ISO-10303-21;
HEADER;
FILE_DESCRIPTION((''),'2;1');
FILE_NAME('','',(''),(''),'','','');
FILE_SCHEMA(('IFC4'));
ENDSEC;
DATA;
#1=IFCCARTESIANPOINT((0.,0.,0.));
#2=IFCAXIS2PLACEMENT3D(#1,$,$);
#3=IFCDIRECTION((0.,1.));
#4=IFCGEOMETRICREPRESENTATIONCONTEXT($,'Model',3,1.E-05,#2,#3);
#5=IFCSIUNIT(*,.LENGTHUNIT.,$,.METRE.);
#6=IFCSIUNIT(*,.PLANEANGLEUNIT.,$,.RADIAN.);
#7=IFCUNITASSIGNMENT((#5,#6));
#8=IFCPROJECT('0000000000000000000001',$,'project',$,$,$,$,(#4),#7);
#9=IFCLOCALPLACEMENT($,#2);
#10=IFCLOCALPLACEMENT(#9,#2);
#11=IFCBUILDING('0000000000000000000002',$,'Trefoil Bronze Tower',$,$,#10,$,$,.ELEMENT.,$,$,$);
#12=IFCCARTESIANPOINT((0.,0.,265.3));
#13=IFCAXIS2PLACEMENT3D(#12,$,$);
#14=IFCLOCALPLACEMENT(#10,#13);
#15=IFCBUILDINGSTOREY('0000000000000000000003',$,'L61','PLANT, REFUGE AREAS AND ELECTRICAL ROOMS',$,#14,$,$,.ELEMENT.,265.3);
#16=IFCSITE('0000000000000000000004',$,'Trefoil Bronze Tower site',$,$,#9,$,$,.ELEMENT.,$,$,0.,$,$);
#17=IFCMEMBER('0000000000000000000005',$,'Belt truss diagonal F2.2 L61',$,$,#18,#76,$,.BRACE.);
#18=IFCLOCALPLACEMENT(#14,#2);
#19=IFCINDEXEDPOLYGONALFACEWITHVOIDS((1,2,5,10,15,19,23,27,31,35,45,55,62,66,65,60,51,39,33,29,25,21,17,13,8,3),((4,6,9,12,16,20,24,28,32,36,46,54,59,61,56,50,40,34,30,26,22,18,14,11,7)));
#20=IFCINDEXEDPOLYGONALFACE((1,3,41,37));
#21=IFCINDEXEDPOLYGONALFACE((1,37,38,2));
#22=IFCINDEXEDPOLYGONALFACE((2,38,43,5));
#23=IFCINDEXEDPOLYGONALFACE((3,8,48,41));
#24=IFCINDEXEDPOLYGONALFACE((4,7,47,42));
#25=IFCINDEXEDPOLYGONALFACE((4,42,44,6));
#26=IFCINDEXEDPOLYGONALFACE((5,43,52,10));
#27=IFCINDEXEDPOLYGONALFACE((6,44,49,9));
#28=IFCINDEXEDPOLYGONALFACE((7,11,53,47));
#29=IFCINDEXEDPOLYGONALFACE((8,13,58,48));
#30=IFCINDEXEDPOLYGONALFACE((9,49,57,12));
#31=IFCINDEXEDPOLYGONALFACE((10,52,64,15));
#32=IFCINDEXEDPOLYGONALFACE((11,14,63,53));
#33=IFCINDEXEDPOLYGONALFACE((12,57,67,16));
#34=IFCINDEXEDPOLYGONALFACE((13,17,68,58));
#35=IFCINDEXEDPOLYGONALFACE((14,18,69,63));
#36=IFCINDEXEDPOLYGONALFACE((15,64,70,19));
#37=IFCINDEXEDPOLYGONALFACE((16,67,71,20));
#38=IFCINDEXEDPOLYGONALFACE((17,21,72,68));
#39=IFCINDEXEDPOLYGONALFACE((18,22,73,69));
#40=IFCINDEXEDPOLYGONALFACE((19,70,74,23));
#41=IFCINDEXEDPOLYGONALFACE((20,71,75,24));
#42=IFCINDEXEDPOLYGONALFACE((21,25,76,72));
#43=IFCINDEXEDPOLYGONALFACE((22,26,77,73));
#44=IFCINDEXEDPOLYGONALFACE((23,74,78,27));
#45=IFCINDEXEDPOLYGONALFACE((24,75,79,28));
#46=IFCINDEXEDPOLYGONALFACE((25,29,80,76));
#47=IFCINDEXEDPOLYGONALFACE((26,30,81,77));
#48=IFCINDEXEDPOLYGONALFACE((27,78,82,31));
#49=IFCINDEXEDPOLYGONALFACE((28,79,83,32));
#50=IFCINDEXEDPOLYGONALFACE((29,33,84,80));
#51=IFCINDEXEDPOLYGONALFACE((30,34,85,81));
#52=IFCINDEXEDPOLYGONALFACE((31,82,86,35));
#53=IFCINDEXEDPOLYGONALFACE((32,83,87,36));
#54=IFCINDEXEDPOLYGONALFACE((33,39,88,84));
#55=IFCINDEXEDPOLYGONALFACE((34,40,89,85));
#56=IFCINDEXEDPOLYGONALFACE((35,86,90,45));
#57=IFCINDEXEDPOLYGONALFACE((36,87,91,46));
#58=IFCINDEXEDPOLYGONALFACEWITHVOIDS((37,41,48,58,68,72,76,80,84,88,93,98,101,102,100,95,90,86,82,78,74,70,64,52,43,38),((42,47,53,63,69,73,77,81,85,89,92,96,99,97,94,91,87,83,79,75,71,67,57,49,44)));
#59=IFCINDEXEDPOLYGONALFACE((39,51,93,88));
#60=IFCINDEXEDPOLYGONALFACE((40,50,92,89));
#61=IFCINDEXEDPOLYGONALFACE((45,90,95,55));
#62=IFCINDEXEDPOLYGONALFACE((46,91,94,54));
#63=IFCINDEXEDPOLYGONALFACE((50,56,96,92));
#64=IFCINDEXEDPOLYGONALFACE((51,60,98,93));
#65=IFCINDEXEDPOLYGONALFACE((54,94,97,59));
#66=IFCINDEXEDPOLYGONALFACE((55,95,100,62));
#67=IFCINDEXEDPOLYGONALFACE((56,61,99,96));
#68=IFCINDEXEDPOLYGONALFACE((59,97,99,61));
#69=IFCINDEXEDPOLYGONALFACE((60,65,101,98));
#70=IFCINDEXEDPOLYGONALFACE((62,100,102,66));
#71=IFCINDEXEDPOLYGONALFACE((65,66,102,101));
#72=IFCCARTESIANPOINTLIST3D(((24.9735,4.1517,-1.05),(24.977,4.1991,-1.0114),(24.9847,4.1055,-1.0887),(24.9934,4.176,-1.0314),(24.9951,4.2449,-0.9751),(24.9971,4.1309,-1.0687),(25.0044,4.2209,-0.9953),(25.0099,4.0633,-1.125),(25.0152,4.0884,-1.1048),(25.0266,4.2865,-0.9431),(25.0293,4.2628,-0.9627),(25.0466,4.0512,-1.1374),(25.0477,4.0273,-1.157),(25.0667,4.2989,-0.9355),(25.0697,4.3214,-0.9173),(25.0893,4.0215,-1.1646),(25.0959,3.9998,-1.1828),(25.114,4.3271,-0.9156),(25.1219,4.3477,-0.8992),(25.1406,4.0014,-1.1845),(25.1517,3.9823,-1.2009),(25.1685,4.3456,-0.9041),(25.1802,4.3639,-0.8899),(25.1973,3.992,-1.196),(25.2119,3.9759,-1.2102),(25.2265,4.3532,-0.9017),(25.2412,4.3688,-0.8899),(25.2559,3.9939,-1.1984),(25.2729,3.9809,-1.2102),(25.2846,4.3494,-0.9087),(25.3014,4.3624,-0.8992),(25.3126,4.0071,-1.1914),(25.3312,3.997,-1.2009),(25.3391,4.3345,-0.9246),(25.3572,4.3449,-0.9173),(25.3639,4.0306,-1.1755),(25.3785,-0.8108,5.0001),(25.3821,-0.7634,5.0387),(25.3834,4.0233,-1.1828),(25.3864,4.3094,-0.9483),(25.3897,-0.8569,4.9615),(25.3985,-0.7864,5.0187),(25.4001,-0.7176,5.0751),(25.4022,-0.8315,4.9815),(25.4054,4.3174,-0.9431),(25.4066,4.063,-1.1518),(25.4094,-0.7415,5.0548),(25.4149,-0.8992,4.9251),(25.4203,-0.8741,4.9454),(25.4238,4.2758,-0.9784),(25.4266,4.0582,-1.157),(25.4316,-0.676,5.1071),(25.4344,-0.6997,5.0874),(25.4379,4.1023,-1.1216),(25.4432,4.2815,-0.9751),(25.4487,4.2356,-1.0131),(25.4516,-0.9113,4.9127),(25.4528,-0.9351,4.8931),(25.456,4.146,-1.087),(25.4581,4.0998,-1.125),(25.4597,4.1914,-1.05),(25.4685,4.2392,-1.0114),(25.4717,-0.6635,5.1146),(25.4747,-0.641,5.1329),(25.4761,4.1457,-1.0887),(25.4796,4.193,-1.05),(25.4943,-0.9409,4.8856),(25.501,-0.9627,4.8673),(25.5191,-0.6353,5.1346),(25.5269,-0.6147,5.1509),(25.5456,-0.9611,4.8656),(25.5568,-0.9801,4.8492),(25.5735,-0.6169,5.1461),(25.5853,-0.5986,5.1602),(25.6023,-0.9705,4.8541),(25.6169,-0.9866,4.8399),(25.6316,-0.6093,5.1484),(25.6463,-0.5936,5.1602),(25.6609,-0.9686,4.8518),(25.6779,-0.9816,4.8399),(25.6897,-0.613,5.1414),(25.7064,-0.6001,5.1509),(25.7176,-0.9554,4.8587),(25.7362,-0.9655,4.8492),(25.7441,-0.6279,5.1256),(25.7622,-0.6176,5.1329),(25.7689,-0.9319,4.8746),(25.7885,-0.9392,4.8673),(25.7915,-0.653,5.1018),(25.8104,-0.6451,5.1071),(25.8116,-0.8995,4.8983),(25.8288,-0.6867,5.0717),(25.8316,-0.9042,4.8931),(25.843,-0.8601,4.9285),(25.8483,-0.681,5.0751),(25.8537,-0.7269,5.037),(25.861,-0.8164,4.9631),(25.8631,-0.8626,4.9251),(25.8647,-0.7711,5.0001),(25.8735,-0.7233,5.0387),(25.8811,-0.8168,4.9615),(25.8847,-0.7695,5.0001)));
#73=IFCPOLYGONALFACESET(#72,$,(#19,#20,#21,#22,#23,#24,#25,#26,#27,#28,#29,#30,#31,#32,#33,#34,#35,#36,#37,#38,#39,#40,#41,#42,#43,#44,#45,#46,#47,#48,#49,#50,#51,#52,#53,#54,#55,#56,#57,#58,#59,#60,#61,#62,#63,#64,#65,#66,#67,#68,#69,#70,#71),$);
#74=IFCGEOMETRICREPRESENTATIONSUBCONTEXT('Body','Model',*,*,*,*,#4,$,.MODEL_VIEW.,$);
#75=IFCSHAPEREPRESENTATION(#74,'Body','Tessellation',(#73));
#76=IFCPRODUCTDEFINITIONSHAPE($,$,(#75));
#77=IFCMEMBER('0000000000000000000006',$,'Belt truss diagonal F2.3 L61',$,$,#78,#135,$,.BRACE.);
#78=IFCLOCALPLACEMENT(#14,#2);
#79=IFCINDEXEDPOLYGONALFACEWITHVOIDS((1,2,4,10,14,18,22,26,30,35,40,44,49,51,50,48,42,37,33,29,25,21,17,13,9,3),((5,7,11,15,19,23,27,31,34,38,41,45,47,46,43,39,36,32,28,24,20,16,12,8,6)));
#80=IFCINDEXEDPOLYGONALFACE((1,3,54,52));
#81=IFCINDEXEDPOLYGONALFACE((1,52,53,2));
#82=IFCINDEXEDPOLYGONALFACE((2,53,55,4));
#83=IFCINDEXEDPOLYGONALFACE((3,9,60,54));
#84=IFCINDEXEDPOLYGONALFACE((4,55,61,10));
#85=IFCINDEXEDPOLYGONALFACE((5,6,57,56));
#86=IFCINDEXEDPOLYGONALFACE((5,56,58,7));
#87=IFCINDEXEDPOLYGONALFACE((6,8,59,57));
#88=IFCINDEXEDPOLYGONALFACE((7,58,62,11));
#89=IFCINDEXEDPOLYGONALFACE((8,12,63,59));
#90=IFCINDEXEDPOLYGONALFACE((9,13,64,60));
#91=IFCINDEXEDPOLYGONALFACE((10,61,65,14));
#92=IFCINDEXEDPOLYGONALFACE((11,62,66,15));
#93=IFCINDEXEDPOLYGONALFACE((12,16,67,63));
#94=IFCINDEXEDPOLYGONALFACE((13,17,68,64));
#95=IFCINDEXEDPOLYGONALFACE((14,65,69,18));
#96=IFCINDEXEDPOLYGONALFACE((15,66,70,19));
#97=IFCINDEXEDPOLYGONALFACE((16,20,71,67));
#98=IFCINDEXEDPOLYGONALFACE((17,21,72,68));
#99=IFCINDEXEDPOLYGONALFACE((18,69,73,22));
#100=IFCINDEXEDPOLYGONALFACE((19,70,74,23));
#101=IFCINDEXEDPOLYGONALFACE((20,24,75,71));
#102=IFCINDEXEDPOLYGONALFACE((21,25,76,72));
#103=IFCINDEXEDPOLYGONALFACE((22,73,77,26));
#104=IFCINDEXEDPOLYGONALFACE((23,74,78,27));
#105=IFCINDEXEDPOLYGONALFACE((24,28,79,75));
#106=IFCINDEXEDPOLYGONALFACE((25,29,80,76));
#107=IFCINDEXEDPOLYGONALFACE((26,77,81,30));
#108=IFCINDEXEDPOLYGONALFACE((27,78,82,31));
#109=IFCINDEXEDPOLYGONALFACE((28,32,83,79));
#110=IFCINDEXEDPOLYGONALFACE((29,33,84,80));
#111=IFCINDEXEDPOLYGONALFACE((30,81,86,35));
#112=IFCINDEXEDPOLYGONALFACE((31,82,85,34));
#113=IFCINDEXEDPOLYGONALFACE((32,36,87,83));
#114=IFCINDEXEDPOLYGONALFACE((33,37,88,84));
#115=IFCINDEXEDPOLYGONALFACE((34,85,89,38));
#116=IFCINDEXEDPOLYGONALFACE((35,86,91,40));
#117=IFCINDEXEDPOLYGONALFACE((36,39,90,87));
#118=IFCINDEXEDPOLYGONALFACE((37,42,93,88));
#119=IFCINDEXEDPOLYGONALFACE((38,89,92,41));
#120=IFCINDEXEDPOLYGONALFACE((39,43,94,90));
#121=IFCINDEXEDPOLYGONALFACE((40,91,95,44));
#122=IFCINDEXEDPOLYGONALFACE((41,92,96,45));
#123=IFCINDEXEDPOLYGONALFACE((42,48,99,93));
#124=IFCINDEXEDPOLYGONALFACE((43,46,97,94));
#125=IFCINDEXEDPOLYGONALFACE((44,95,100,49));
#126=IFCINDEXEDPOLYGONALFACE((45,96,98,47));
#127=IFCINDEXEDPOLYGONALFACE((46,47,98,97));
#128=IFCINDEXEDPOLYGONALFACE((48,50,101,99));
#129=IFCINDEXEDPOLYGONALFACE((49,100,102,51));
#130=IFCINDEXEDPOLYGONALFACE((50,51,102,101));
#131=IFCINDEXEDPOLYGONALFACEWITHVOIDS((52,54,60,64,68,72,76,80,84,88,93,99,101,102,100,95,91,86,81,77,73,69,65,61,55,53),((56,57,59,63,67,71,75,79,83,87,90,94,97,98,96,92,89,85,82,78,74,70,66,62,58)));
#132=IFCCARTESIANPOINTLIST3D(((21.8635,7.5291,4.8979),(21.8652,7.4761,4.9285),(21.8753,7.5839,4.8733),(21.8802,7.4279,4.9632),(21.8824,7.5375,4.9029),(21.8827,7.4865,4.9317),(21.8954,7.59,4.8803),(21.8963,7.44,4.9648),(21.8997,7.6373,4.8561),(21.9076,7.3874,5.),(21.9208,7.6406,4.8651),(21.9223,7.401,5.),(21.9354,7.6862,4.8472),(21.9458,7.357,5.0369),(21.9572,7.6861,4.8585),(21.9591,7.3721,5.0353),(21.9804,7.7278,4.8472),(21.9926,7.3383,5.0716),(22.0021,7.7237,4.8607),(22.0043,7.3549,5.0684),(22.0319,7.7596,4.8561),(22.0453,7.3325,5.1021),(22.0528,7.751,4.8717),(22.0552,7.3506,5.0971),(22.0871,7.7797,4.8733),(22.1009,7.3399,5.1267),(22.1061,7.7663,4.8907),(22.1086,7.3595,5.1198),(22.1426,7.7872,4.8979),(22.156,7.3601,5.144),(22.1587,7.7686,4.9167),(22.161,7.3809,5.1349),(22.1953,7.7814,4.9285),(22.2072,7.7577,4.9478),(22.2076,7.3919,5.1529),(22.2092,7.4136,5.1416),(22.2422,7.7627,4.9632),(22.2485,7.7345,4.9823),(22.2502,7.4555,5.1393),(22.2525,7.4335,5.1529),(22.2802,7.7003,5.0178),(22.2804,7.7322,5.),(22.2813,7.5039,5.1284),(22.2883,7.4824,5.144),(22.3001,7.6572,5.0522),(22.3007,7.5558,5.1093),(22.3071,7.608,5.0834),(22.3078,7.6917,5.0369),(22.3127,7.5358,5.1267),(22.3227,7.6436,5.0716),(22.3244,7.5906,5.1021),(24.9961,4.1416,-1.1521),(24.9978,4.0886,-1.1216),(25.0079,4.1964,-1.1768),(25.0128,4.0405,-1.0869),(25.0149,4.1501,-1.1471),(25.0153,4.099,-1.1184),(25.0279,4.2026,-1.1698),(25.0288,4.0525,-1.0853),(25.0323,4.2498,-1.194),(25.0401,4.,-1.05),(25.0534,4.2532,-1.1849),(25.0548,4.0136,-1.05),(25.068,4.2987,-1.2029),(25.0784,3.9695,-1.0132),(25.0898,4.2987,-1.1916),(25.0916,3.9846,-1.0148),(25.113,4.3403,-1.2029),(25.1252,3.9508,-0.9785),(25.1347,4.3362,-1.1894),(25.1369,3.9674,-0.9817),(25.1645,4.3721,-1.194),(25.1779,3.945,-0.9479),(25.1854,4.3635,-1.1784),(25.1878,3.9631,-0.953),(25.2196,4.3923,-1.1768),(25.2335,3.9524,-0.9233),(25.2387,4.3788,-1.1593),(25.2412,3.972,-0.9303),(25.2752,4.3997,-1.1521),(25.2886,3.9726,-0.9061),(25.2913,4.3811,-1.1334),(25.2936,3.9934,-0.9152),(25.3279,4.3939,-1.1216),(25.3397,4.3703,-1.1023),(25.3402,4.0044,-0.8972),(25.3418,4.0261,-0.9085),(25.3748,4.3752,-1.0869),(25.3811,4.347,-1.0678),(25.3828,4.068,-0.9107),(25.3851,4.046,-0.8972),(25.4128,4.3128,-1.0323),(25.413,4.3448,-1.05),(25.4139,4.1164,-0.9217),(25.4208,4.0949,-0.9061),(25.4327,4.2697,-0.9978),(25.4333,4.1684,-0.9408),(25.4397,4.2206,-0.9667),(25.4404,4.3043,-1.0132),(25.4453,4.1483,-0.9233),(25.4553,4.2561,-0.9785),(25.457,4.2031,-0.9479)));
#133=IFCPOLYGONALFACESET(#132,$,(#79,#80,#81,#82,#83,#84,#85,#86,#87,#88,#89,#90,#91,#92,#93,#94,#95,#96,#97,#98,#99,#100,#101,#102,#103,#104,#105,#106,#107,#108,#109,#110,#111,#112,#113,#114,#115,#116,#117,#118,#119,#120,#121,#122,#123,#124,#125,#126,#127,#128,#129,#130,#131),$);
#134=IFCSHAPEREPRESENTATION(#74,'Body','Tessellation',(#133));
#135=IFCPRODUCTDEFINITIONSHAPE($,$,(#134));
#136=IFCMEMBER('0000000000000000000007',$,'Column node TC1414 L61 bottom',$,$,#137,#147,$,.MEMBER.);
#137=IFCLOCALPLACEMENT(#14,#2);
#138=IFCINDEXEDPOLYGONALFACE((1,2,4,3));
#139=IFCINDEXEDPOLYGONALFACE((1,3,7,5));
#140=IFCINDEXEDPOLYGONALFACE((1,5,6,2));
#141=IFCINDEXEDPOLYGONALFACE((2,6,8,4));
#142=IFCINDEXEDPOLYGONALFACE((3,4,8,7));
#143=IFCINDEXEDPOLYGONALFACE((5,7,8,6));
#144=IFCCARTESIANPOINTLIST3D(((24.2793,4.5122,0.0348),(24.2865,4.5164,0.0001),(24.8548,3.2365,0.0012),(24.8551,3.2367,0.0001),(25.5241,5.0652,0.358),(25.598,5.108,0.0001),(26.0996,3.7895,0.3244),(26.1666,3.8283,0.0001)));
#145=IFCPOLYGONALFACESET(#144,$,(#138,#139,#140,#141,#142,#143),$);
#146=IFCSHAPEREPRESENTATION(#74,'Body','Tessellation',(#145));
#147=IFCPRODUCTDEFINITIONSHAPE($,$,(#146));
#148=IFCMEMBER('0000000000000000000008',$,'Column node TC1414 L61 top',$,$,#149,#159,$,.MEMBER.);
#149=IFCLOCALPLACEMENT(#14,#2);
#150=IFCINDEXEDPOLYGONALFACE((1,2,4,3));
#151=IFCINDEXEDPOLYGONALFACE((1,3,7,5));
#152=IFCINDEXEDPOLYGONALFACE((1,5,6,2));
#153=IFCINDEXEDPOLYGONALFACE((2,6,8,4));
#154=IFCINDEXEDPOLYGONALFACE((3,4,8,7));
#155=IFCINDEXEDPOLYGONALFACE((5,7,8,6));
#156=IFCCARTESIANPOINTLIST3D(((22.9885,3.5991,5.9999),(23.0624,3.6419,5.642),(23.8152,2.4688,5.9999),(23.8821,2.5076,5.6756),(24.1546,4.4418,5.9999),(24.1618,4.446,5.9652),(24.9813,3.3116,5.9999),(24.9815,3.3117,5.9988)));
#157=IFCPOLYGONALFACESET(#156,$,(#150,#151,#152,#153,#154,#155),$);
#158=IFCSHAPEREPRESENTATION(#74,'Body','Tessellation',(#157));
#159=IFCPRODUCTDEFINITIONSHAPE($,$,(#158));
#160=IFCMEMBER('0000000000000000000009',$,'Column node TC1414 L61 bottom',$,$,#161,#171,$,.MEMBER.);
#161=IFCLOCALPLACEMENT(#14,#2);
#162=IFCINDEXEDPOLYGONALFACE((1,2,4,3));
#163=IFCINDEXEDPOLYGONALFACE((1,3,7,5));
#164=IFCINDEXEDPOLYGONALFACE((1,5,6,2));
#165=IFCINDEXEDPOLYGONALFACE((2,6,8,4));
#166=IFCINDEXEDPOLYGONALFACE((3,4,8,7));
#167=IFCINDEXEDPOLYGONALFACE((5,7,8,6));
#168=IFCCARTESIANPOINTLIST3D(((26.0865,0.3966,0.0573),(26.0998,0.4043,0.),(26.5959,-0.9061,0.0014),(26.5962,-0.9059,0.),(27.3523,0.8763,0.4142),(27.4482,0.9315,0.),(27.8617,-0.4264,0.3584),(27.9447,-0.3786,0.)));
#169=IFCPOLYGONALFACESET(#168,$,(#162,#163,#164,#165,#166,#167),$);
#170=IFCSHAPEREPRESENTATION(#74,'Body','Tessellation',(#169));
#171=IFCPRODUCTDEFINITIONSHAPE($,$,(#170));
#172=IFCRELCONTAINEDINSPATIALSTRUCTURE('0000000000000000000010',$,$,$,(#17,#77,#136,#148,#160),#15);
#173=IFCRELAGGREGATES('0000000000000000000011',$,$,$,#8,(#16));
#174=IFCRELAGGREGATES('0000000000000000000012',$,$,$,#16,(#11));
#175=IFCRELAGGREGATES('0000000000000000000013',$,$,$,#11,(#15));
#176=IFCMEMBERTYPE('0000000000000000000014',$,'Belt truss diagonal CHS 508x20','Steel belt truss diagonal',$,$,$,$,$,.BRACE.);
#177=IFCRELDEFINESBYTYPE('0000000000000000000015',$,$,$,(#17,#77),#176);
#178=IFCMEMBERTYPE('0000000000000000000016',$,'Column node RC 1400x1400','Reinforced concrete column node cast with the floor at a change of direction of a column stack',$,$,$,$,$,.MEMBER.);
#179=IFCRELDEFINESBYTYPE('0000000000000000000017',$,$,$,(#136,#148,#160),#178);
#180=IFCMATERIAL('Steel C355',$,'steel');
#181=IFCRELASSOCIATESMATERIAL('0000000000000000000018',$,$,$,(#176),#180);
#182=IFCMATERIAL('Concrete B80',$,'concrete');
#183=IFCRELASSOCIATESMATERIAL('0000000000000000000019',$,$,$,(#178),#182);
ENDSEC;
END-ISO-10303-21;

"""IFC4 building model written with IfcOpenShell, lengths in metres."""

from ifc_helpers import new_model, si_unit, direction, frame, origin, origin_2d, place, context, subcontext, project, spatial, rectangle, hollow_circle, extrude, clip, halfspace, material, material_profile, profile_set, type_object, element, save


model = new_model("IFC4")

# Units and contexts
model_context = context("Model", 3, precision=1e-05, world=origin(), true_north=direction((0.0, 1.0)))
body_context = subcontext(model_context, "Body", "Model", "MODEL_VIEW")
ifc_project = project(units=[si_unit("LENGTHUNIT", "METRE"), si_unit("PLANEANGLEUNIT", "RADIAN")], contexts=[model_context])

# Site, building, storey
site_placement = place(None, origin())
site = spatial("IfcSite", under=ifc_project, at=site_placement, Name="Trefoil Bronze Tower site", CompositionType="ELEMENT", RefElevation=0.0)
building_placement = place(site_placement, origin())
building = spatial("IfcBuilding", under=site, at=building_placement, Name="Trefoil Bronze Tower", CompositionType="ELEMENT")
storey_placement = place(building_placement, frame((0.0, 0.0, 265.3)))
storey = spatial("IfcBuildingStorey", under=building, at=storey_placement, Name="L61", Description="PLANT, REFUGE AREAS AND ELECTRICAL ROOMS", CompositionType="ELEMENT", Elevation=265.3)

# Members
ifc_material_1 = material(Name="Steel C355", Category="steel")
ifc_material_profile_1 = material_profile(ifc_material_1, hollow_circle(Radius=0.2539, WallThickness=0.02, at=origin_2d()), Name="CHS 508x20")
ifc_profile_set_1 = profile_set([ifc_material_profile_1], Name="Steel C355")
member_type_1 = type_object("IfcMemberType", Name="Belt truss diagonal CHS 508x20", Description="Steel belt truss diagonal", PredefinedType="BRACE", material=ifc_profile_set_1)
member_1_placement = place(storey_placement, frame((25.2266, 4.1724, -1.05), z_axis=(0.051693, -0.633336, 0.772149), x_axis=(0.996686, 0.081349, 0.0)))
element("IfcMember", 1, at=member_1_placement, inside=storey, type_object=member_type_1, Name="Belt truss diagonal F2.2 L61", PredefinedType="BRACE", context=body_context, shape_type="SweptSolid", body=[
    extrude(hollow_circle(Radius=0.2539, WallThickness=0.02, at=origin_2d()), origin(), (0.0, 0.0, 1.0), 7.8354),
])
member_2_placement = place(storey_placement, frame((25.2266, 4.1724, -1.05), z_axis=(-0.411714, 0.445213, 0.795159), x_axis=(-0.734188, -0.678946, 0.0)))
element("IfcMember", 2, at=member_2_placement, inside=storey, type_object=member_type_1, Name="Belt truss diagonal F2.3 L61", PredefinedType="BRACE", context=body_context, shape_type="SweptSolid", body=[
    extrude(hollow_circle(Radius=0.2539, WallThickness=0.02, at=origin_2d()), origin(), (0.0, 0.0, 1.0), 7.6086),
])
ifc_material_2 = material(Name="Concrete B80", Category="concrete")
ifc_material_profile_2 = material_profile(ifc_material_2, rectangle(XDim=1.3999, YDim=1.3999, at=origin_2d()), Name="RC 1400x1400")
ifc_profile_set_2 = profile_set([ifc_material_profile_2], Name="Concrete B80")
member_type_2 = type_object("IfcMemberType", Name="Column node RC 1400x1400", Description="Reinforced concrete column node cast with the floor at a change of direction of a column stack", PredefinedType="MEMBER", material=ifc_profile_set_2)
member_3_placement = place(storey_placement, frame((25.2637, 4.1938, -0.1797), z_axis=(-0.200881, -0.1163, 0.972688), x_axis=(-0.411098, 0.911274, 0.024056)))
element("IfcMember", 3, at=member_3_placement, inside=storey, type_object=member_type_2, Name="Column node TC1414 L61 bottom", PredefinedType="MEMBER", context=body_context, shape_type="Clipping", body=[
    clip(extrude(rectangle(XDim=1.3999, YDim=1.3999, at=origin_2d()), origin(), (0.0, 0.0, 1.0), 0.3694), halfspace(frame((0.0, 0.0, 0.1848), z_axis=(0.024056, -0.230868, 0.972688), x_axis=(0.0, 0.972969, 0.230935)), True)),
])
member_4_placement = place(storey_placement, frame((23.9478, 3.4338, 6.1797), z_axis=(0.200881, 0.1163, -0.972688), x_axis=(0.585578, -0.810259, 0.024056)))
element("IfcMember", 4, at=member_4_placement, inside=storey, type_object=member_type_2, Name="Column node TC1414 L61 top", PredefinedType="MEMBER", context=body_context, shape_type="Clipping", body=[
    clip(extrude(rectangle(XDim=1.3999, YDim=1.3999, at=origin_2d()), origin(), (0.0, 0.0, 1.0), 0.3694), halfspace(frame((0.0, 0.0, 0.1848), z_axis=(-0.024056, 0.230868, 0.972688), x_axis=(0.0, 0.972969, -0.230935)), True)),
])
member_5_placement = place(storey_placement, frame((27.0703, 0.0405, -0.2078), z_axis=(-0.223648, -0.128853, 0.966115), x_axis=(-0.36388, 0.930592, 0.03988)))
element("IfcMember", 5, at=member_5_placement, inside=storey, type_object=member_type_2, Name="Column node TC1414 L61 bottom", PredefinedType="MEMBER", context=body_context, shape_type="Clipping", body=[
    clip(extrude(rectangle(XDim=1.3999, YDim=1.3999, at=origin_2d()), origin(), (0.0, 0.0, 1.0), 0.4302), halfspace(frame((0.0, 0.0, 0.2151), z_axis=(0.03988, -0.255012, 0.966115), x_axis=(0.0, 0.966884, 0.255215)), True)),
])

save(model, "model.ifc")
